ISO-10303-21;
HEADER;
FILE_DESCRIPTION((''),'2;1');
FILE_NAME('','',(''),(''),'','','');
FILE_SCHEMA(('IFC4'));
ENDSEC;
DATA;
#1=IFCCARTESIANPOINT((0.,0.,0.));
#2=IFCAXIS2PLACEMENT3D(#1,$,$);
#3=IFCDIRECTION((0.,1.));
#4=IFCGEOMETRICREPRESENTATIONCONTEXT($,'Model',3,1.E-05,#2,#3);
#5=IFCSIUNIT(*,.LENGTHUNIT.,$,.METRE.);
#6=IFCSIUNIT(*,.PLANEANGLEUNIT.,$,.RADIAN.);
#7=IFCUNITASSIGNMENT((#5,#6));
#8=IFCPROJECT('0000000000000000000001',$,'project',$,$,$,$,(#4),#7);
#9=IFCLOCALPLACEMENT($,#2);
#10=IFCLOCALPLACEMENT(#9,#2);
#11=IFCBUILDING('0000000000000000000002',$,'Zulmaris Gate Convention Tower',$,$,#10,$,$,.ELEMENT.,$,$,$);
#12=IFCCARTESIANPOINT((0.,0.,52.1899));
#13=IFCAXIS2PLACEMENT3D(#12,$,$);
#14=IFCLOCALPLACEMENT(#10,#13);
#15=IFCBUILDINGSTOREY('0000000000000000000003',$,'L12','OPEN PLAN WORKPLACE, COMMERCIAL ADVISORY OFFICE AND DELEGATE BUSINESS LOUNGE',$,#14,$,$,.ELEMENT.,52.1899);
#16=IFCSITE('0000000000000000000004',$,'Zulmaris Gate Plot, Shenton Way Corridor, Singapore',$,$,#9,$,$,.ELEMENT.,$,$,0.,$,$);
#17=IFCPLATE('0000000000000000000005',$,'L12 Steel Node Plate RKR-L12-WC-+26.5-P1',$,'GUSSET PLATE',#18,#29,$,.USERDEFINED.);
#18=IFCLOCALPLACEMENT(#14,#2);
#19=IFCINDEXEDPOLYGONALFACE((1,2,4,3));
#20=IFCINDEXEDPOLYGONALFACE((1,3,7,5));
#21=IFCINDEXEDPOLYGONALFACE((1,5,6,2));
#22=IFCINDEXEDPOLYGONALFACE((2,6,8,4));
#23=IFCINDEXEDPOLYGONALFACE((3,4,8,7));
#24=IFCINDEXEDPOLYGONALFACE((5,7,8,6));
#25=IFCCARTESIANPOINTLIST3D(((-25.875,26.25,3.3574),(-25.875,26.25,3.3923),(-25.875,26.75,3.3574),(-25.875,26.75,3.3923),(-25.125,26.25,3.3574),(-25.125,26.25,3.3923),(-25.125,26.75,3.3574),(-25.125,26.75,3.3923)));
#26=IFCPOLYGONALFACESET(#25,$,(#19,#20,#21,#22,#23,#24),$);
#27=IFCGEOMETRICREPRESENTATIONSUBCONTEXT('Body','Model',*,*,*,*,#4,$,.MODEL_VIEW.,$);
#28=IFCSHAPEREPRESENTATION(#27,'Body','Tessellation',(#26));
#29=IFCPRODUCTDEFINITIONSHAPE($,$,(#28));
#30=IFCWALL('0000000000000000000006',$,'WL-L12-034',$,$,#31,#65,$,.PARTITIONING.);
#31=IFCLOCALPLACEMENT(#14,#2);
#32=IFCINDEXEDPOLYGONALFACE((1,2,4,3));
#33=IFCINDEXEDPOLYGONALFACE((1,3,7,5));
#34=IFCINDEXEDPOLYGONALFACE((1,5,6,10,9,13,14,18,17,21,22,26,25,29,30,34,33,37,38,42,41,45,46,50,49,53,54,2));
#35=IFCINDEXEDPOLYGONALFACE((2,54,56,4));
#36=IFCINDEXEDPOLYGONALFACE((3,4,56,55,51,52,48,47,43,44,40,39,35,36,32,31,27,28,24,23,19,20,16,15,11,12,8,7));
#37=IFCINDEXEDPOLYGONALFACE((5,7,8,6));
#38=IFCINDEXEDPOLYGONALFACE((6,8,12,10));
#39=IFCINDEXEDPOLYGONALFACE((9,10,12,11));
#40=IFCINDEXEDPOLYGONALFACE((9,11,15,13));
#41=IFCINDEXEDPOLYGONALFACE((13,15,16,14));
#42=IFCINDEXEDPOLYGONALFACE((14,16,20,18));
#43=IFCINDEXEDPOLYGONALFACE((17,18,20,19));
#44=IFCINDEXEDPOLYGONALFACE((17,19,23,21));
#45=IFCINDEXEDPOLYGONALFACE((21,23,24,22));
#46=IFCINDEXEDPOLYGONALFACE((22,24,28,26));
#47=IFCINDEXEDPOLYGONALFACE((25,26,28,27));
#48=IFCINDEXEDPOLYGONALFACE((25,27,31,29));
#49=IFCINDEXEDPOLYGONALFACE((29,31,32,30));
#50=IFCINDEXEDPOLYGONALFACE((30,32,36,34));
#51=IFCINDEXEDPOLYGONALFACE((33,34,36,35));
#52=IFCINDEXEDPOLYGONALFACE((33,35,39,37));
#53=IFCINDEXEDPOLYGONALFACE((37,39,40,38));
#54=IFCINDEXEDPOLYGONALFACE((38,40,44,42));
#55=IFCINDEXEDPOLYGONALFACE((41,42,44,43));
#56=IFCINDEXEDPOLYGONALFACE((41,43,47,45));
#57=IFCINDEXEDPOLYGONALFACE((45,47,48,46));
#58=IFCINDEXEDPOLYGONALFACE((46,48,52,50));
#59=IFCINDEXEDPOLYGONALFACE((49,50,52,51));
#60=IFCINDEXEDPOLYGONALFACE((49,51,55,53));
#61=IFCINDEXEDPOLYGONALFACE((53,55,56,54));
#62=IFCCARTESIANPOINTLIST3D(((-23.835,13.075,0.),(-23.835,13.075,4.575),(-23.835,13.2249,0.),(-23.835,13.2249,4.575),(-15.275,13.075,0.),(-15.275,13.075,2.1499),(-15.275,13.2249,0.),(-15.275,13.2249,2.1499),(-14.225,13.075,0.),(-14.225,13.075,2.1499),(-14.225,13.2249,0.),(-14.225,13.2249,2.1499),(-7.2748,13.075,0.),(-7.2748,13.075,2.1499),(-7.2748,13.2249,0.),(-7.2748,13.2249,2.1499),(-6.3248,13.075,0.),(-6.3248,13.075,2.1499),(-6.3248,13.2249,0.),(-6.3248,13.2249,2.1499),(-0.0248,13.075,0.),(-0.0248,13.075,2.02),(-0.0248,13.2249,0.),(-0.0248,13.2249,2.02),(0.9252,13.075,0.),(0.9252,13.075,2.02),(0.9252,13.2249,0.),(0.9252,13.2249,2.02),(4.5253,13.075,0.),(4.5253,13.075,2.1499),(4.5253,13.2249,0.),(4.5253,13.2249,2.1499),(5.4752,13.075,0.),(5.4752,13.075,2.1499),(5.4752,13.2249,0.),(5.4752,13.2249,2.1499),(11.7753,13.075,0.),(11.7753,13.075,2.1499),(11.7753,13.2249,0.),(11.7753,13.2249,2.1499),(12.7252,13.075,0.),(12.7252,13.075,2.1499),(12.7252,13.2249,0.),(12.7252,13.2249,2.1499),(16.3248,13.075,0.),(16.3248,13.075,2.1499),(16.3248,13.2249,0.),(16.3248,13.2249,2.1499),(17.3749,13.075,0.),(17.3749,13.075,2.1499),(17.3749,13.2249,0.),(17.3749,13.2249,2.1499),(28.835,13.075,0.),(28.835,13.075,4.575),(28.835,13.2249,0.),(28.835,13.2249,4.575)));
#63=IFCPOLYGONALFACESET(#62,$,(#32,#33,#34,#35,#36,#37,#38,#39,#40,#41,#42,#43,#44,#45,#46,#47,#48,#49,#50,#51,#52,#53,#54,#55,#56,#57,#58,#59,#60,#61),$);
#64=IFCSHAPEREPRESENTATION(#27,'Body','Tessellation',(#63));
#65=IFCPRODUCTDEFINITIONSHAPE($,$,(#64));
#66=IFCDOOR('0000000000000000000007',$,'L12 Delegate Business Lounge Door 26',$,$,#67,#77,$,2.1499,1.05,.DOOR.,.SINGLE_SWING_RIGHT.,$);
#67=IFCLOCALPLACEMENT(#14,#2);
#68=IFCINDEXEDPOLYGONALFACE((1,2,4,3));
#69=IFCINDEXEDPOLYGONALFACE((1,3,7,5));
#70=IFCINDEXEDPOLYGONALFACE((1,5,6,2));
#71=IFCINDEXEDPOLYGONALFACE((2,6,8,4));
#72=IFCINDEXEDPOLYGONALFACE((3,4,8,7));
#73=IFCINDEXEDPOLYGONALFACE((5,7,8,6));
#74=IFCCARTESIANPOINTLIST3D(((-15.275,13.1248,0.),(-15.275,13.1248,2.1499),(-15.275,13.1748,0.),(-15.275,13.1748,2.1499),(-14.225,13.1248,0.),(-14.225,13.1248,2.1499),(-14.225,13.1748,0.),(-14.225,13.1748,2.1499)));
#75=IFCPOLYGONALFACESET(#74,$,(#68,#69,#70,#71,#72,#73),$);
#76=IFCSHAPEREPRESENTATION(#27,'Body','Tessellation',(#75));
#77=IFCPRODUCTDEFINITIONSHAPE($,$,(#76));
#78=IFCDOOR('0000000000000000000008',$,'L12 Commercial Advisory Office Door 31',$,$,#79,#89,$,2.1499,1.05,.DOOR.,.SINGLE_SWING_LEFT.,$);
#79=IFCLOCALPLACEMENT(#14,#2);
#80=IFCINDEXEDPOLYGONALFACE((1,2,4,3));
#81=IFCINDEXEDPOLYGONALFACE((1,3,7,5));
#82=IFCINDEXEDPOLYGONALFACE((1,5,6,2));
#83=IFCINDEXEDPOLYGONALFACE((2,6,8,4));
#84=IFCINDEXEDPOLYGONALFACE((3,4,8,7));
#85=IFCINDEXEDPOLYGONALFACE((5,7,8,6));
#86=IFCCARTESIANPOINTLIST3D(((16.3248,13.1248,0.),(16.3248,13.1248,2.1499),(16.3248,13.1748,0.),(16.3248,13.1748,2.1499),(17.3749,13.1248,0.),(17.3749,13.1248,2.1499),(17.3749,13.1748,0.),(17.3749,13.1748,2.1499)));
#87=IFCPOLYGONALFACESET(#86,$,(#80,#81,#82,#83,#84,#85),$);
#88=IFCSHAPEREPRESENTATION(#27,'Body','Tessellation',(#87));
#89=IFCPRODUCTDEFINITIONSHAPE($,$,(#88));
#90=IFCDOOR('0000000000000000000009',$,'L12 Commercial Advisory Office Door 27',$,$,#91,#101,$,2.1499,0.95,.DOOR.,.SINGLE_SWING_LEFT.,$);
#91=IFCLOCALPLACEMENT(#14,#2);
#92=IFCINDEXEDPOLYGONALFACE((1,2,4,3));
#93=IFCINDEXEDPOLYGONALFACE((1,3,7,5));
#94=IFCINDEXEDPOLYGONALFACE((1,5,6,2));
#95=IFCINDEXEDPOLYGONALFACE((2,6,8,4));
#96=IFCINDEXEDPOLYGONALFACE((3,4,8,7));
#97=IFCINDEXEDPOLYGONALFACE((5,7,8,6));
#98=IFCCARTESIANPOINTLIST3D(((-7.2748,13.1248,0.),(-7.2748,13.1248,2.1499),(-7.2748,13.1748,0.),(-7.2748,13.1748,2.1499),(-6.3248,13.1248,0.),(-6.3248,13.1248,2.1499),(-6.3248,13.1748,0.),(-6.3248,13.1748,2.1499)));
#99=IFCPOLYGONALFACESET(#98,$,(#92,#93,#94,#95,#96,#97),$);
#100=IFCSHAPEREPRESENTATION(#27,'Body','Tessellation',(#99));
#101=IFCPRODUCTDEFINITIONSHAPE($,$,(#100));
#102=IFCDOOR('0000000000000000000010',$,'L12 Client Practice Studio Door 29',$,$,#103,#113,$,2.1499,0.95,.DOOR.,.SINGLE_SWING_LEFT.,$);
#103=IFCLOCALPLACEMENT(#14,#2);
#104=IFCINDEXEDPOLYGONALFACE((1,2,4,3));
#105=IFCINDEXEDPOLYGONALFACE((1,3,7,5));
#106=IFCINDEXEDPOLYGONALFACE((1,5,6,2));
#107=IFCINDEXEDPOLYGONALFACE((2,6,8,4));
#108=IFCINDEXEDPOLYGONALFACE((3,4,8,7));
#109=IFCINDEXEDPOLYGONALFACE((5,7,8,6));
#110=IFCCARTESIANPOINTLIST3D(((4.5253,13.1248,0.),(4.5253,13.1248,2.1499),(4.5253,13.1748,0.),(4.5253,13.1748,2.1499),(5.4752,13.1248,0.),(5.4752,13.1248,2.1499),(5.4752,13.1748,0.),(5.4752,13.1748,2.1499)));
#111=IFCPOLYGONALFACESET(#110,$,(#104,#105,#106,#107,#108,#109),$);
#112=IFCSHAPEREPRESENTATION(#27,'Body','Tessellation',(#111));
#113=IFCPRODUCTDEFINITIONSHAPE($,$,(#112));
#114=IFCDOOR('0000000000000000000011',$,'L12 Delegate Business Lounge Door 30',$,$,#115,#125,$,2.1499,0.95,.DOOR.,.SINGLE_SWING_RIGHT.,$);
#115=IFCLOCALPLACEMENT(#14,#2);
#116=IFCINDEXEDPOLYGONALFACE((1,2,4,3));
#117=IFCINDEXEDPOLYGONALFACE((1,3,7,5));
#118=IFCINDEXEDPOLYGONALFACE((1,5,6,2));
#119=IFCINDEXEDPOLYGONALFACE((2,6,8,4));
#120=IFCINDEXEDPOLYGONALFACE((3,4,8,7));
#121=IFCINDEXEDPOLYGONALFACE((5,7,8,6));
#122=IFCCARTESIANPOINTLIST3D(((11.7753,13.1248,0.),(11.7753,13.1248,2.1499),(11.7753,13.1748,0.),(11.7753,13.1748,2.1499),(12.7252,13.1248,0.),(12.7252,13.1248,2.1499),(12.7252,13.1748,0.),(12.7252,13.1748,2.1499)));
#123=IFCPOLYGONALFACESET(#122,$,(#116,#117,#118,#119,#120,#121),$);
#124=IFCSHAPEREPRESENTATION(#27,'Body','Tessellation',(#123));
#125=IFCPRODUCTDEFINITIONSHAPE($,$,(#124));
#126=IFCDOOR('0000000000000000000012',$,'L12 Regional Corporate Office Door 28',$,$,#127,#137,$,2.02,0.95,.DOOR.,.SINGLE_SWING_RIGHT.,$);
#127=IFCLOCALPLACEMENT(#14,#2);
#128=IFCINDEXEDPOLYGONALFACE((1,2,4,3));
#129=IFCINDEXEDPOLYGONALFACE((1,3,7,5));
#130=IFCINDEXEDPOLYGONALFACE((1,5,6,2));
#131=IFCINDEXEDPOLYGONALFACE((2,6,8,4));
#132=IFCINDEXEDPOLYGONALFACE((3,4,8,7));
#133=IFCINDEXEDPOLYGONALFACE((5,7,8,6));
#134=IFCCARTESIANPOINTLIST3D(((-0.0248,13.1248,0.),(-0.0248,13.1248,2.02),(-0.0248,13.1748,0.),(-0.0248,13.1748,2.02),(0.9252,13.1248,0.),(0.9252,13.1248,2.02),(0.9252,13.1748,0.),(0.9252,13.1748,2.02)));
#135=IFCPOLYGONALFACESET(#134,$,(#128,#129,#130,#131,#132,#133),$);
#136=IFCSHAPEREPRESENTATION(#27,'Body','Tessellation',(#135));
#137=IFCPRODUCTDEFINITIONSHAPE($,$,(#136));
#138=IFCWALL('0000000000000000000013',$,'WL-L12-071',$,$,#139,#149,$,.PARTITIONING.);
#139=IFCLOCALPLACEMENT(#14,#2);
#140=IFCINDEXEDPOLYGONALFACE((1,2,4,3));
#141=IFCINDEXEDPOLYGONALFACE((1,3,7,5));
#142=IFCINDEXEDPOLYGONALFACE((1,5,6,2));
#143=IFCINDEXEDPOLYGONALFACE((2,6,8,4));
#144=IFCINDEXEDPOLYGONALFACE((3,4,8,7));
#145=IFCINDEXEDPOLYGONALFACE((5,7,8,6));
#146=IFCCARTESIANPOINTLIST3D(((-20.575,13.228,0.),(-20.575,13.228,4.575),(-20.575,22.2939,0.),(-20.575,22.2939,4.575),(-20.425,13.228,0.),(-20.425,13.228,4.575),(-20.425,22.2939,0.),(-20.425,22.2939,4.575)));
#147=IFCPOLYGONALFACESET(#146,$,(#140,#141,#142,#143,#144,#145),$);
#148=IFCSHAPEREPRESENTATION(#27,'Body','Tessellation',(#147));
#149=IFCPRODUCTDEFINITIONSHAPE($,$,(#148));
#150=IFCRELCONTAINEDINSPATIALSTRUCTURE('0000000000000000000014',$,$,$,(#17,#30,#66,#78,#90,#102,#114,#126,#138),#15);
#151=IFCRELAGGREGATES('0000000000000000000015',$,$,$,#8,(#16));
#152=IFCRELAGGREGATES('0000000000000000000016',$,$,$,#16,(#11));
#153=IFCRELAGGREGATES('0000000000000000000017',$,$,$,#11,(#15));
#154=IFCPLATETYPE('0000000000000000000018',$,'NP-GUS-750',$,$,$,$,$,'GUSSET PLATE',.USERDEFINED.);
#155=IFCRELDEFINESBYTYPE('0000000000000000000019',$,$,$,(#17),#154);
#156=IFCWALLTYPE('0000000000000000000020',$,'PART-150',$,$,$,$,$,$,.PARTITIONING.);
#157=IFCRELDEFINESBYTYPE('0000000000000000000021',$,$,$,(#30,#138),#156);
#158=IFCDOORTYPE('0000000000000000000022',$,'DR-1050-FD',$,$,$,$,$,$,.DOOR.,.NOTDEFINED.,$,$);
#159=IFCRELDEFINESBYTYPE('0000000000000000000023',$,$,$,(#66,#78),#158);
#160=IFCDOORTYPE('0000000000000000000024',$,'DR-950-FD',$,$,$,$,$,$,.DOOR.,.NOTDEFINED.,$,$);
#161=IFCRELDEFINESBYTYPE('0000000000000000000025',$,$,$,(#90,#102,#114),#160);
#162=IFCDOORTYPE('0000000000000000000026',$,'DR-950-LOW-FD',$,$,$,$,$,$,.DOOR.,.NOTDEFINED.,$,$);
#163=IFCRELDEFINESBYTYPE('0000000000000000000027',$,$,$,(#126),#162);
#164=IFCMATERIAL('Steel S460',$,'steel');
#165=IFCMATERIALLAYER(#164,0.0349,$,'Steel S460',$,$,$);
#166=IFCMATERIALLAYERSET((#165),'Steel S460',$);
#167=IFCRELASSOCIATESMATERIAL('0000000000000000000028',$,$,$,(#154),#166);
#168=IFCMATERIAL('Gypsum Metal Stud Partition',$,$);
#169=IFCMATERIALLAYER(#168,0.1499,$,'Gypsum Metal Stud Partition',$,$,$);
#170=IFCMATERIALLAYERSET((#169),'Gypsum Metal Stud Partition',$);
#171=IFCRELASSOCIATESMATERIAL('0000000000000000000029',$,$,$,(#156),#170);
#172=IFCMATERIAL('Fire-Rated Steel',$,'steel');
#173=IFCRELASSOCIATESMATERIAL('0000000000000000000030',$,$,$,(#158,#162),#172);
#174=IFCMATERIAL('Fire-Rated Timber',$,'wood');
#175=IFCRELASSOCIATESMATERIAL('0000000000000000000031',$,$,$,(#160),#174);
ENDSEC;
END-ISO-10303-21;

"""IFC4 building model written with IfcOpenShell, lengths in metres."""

from ifc_helpers import new_model, si_unit, direction, frame, frame_2d, origin, origin_2d, place, context, subcontext, project, spatial, rectangle, extrude, material, layer, layer_set, type_object, element, fill, save


model = new_model("IFC4")

# Units and contexts
model_context = context("Model", 3, precision=1e-05, world=origin(), true_north=direction((0.0, 1.0)))
body_context = subcontext(model_context, "Body", "Model", "MODEL_VIEW")
ifc_project = project(units=[si_unit("LENGTHUNIT", "METRE"), si_unit("PLANEANGLEUNIT", "RADIAN")], contexts=[model_context])

# Site, building, storey
site_placement = place(None, origin())
site = spatial("IfcSite", under=ifc_project, at=site_placement, Name="Zulmaris Gate Plot, Shenton Way Corridor, Singapore", CompositionType="ELEMENT", RefElevation=0.0)
building_placement = place(site_placement, origin())
building = spatial("IfcBuilding", under=site, at=building_placement, Name="Zulmaris Gate Convention Tower", CompositionType="ELEMENT")
storey_placement = place(building_placement, frame((0.0, 0.0, 52.1899)))
storey = spatial("IfcBuildingStorey", under=building, at=storey_placement, Name="L12", Description="OPEN PLAN WORKPLACE, COMMERCIAL ADVISORY OFFICE AND DELEGATE BUSINESS LOUNGE", CompositionType="ELEMENT", Elevation=52.1899)

# Shared definitions
ifc_material_1 = material(Name="Steel S460", Category="steel")

# Plate
ifc_layer_1 = layer(ifc_material_1, 0.0349, Name="Steel S460")
ifc_layer_set_1 = layer_set([ifc_layer_1], Name="Steel S460")
plate_type_1 = type_object("IfcPlateType", Name="NP-GUS-750", ElementType="GUSSET PLATE", PredefinedType="USERDEFINED", material=ifc_layer_set_1)
for number, where, z_axis, x_axis, name in (
    (1, (-25.5, 26.5, 3.3574), (0.0, 0.0, 1.0), (1.0, 0.0, 0.0), "L12 Steel Node Plate RKR-L12-WC-+26.5-P1"),
):
    element("IfcPlate", number, at=place(storey_placement, frame(where, z_axis=z_axis, x_axis=x_axis)), inside=storey, type_object=plate_type_1, Name=name, ObjectType="GUSSET PLATE", PredefinedType="USERDEFINED", context=body_context, shape_type="SweptSolid", body=[
        extrude(rectangle(XDim=0.75, YDim=0.5, at=origin_2d()), origin(), (0.0, 0.0, 1.0), 0.0349),
    ])

# Wall, openings, doors
ifc_material_2 = material(Name="Gypsum Metal Stud Partition")
ifc_layer_2 = layer(ifc_material_2, 0.1499, Name="Gypsum Metal Stud Partition")
ifc_layer_set_2 = layer_set([ifc_layer_2], Name="Gypsum Metal Stud Partition")
wall_type_1 = type_object("IfcWallType", Name="PART-150", PredefinedType="PARTITIONING", material=ifc_layer_set_2)
wall_1_placement = place(storey_placement, frame((-23.835, 13.1499, 0.0), z_axis=(0.0, 0.0, 1.0), x_axis=(1.0, 0.0, 0.0)))
wall_1 = element("IfcWall", 2, at=wall_1_placement, inside=storey, type_object=wall_type_1, Name="WL-L12-034", PredefinedType="PARTITIONING", context=body_context, shape_type="SweptSolid", body=[
    extrude(rectangle(XDim=52.6699, YDim=0.1499, at=frame_2d((26.335, 0.0))), origin(), (0.0, 0.0, 1.0), 4.575),
])
opening_1_placement = place(wall_1_placement, frame((8.5601, 0.0, 0.0)))
opening_1 = element("IfcOpeningElement", 3, at=opening_1_placement, cuts=wall_1, PredefinedType="OPENING", context=body_context, shape_type="SweptSolid", body=[
    extrude(rectangle(XDim=1.05, YDim=2.1499, at=frame_2d((0.5249, 1.075))), frame((0.0, 0.085, 0.0), z_axis=(0.0, -1.0, 0.0), x_axis=(1.0, 0.0, 0.0)), (0.0, 0.0, 1.0), 0.1699),
])
opening_2_placement = place(wall_1_placement, frame((16.5601, 0.0, 0.0)))
opening_2 = element("IfcOpeningElement", 4, at=opening_2_placement, cuts=wall_1, PredefinedType="OPENING", context=body_context, shape_type="SweptSolid", body=[
    extrude(rectangle(XDim=0.95, YDim=2.1499, at=frame_2d((0.4751, 1.075))), frame((0.0, 0.085, 0.0), z_axis=(0.0, -1.0, 0.0), x_axis=(1.0, 0.0, 0.0)), (0.0, 0.0, 1.0), 0.1699),
])
opening_3_placement = place(wall_1_placement, frame((23.8101, 0.0, 0.0)))
opening_3 = element("IfcOpeningElement", 5, at=opening_3_placement, cuts=wall_1, PredefinedType="OPENING", context=body_context, shape_type="SweptSolid", body=[
    extrude(rectangle(XDim=0.95, YDim=2.02, at=frame_2d((0.4751, 1.01))), frame((0.0, 0.085, 0.0), z_axis=(0.0, -1.0, 0.0), x_axis=(1.0, 0.0, 0.0)), (0.0, 0.0, 1.0), 0.1699),
])
opening_4_placement = place(wall_1_placement, frame((28.3601, 0.0, 0.0)))
opening_4 = element("IfcOpeningElement", 6, at=opening_4_placement, cuts=wall_1, PredefinedType="OPENING", context=body_context, shape_type="SweptSolid", body=[
    extrude(rectangle(XDim=0.95, YDim=2.1499, at=frame_2d((0.4751, 1.075))), frame((0.0, 0.085, 0.0), z_axis=(0.0, -1.0, 0.0), x_axis=(1.0, 0.0, 0.0)), (0.0, 0.0, 1.0), 0.1699),
])
opening_5_placement = place(wall_1_placement, frame((35.6101, 0.0, 0.0)))
opening_5 = element("IfcOpeningElement", 7, at=opening_5_placement, cuts=wall_1, PredefinedType="OPENING", context=body_context, shape_type="SweptSolid", body=[
    extrude(rectangle(XDim=0.95, YDim=2.1499, at=frame_2d((0.4751, 1.075))), frame((0.0, 0.085, 0.0), z_axis=(0.0, -1.0, 0.0), x_axis=(1.0, 0.0, 0.0)), (0.0, 0.0, 1.0), 0.1699),
])
opening_6_placement = place(wall_1_placement, frame((40.1599, 0.0, 0.0)))
opening_6 = element("IfcOpeningElement", 8, at=opening_6_placement, cuts=wall_1, PredefinedType="OPENING", context=body_context, shape_type="SweptSolid", body=[
    extrude(rectangle(XDim=1.05, YDim=2.1499, at=frame_2d((0.5249, 1.075))), frame((0.0, 0.085, 0.0), z_axis=(0.0, -1.0, 0.0), x_axis=(1.0, 0.0, 0.0)), (0.0, 0.0, 1.0), 0.1699),
])
ifc_material_3 = material(Name="Fire-Rated Steel", Category="steel")
door_type_1 = type_object("IfcDoorType", Name="DR-1050-FD", OperationType="NOTDEFINED", PredefinedType="DOOR", material=ifc_material_3)
door_1_placement = place(opening_1_placement, origin())
door_1 = element("IfcDoor", 9, at=door_1_placement, inside=storey, type_object=door_type_1, Name="L12 Delegate Business Lounge Door 26", OperationType="SINGLE_SWING_RIGHT", OverallHeight=2.1499, OverallWidth=1.05, PredefinedType="DOOR", context=body_context, shape_type="SweptSolid", body=[
    extrude(rectangle(XDim=1.05, YDim=2.1499, at=frame_2d((0.5249, 1.075))), frame((0.0, 0.0249, 0.0), z_axis=(0.0, -1.0, 0.0), x_axis=(1.0, 0.0, 0.0)), (0.0, 0.0, 1.0), 0.05),
])
fill(opening_1, door_1)
door_2_placement = place(opening_6_placement, origin())
door_2 = element("IfcDoor", 10, at=door_2_placement, inside=storey, type_object=door_type_1, Name="L12 Commercial Advisory Office Door 31", OperationType="SINGLE_SWING_LEFT", OverallHeight=2.1499, OverallWidth=1.05, PredefinedType="DOOR", context=body_context, shape_type="SweptSolid", body=[
    extrude(rectangle(XDim=1.05, YDim=2.1499, at=frame_2d((0.5249, 1.075))), frame((0.0, 0.0249, 0.0), z_axis=(0.0, -1.0, 0.0), x_axis=(1.0, 0.0, 0.0)), (0.0, 0.0, 1.0), 0.05),
])
fill(opening_6, door_2)
ifc_material_4 = material(Name="Fire-Rated Timber", Category="wood")
door_type_2 = type_object("IfcDoorType", Name="DR-950-FD", OperationType="NOTDEFINED", PredefinedType="DOOR", material=ifc_material_4)
door_3_placement = place(opening_2_placement, origin())
door_3 = element("IfcDoor", 11, at=door_3_placement, inside=storey, type_object=door_type_2, Name="L12 Commercial Advisory Office Door 27", OperationType="SINGLE_SWING_LEFT", OverallHeight=2.1499, OverallWidth=0.95, PredefinedType="DOOR", context=body_context, shape_type="SweptSolid", body=[
    extrude(rectangle(XDim=0.95, YDim=2.1499, at=frame_2d((0.4751, 1.075))), frame((0.0, 0.0249, 0.0), z_axis=(0.0, -1.0, 0.0), x_axis=(1.0, 0.0, 0.0)), (0.0, 0.0, 1.0), 0.05),
])
fill(opening_2, door_3)
door_4_placement = place(opening_4_placement, origin())
door_4 = element("IfcDoor", 12, at=door_4_placement, inside=storey, type_object=door_type_2, Name="L12 Client Practice Studio Door 29", OperationType="SINGLE_SWING_LEFT", OverallHeight=2.1499, OverallWidth=0.95, PredefinedType="DOOR", context=body_context, shape_type="SweptSolid", body=[
    extrude(rectangle(XDim=0.95, YDim=2.1499, at=frame_2d((0.4751, 1.075))), frame((0.0, 0.0249, 0.0), z_axis=(0.0, -1.0, 0.0), x_axis=(1.0, 0.0, 0.0)), (0.0, 0.0, 1.0), 0.05),
])
fill(opening_4, door_4)
door_5_placement = place(opening_5_placement, origin())
door_5 = element("IfcDoor", 13, at=door_5_placement, inside=storey, type_object=door_type_2, Name="L12 Delegate Business Lounge Door 30", OperationType="SINGLE_SWING_RIGHT", OverallHeight=2.1499, OverallWidth=0.95, PredefinedType="DOOR", context=body_context, shape_type="SweptSolid", body=[
    extrude(rectangle(XDim=0.95, YDim=2.1499, at=frame_2d((0.4751, 1.075))), frame((0.0, 0.0249, 0.0), z_axis=(0.0, -1.0, 0.0), x_axis=(1.0, 0.0, 0.0)), (0.0, 0.0, 1.0), 0.05),
])
fill(opening_5, door_5)
door_type_3 = type_object("IfcDoorType", Name="DR-950-LOW-FD", OperationType="NOTDEFINED", PredefinedType="DOOR", material=ifc_material_3)
door_6_placement = place(opening_3_placement, origin())
door_6 = element("IfcDoor", 14, at=door_6_placement, inside=storey, type_object=door_type_3, Name="L12 Regional Corporate Office Door 28", OperationType="SINGLE_SWING_RIGHT", OverallHeight=2.02, OverallWidth=0.95, PredefinedType="DOOR", context=body_context, shape_type="SweptSolid", body=[
    extrude(rectangle(XDim=0.95, YDim=2.02, at=frame_2d((0.4751, 1.01))), frame((0.0, 0.0249, 0.0), z_axis=(0.0, -1.0, 0.0), x_axis=(1.0, 0.0, 0.0)), (0.0, 0.0, 1.0), 0.05),
])
fill(opening_3, door_6)

# Wall
wall_2_placement = place(storey_placement, frame((-20.5, 13.228, 0.0), z_axis=(0.0, 0.0, 1.0), x_axis=(0.0, 1.0, 0.0)))
element("IfcWall", 15, at=wall_2_placement, inside=storey, type_object=wall_type_1, Name="WL-L12-071", PredefinedType="PARTITIONING", context=body_context, shape_type="SweptSolid", body=[
    extrude(rectangle(XDim=9.0659, YDim=0.1499, at=frame_2d((4.533, 0.0))), origin(), (0.0, 0.0, 1.0), 4.575),
])

save(model, "model.ifc")
